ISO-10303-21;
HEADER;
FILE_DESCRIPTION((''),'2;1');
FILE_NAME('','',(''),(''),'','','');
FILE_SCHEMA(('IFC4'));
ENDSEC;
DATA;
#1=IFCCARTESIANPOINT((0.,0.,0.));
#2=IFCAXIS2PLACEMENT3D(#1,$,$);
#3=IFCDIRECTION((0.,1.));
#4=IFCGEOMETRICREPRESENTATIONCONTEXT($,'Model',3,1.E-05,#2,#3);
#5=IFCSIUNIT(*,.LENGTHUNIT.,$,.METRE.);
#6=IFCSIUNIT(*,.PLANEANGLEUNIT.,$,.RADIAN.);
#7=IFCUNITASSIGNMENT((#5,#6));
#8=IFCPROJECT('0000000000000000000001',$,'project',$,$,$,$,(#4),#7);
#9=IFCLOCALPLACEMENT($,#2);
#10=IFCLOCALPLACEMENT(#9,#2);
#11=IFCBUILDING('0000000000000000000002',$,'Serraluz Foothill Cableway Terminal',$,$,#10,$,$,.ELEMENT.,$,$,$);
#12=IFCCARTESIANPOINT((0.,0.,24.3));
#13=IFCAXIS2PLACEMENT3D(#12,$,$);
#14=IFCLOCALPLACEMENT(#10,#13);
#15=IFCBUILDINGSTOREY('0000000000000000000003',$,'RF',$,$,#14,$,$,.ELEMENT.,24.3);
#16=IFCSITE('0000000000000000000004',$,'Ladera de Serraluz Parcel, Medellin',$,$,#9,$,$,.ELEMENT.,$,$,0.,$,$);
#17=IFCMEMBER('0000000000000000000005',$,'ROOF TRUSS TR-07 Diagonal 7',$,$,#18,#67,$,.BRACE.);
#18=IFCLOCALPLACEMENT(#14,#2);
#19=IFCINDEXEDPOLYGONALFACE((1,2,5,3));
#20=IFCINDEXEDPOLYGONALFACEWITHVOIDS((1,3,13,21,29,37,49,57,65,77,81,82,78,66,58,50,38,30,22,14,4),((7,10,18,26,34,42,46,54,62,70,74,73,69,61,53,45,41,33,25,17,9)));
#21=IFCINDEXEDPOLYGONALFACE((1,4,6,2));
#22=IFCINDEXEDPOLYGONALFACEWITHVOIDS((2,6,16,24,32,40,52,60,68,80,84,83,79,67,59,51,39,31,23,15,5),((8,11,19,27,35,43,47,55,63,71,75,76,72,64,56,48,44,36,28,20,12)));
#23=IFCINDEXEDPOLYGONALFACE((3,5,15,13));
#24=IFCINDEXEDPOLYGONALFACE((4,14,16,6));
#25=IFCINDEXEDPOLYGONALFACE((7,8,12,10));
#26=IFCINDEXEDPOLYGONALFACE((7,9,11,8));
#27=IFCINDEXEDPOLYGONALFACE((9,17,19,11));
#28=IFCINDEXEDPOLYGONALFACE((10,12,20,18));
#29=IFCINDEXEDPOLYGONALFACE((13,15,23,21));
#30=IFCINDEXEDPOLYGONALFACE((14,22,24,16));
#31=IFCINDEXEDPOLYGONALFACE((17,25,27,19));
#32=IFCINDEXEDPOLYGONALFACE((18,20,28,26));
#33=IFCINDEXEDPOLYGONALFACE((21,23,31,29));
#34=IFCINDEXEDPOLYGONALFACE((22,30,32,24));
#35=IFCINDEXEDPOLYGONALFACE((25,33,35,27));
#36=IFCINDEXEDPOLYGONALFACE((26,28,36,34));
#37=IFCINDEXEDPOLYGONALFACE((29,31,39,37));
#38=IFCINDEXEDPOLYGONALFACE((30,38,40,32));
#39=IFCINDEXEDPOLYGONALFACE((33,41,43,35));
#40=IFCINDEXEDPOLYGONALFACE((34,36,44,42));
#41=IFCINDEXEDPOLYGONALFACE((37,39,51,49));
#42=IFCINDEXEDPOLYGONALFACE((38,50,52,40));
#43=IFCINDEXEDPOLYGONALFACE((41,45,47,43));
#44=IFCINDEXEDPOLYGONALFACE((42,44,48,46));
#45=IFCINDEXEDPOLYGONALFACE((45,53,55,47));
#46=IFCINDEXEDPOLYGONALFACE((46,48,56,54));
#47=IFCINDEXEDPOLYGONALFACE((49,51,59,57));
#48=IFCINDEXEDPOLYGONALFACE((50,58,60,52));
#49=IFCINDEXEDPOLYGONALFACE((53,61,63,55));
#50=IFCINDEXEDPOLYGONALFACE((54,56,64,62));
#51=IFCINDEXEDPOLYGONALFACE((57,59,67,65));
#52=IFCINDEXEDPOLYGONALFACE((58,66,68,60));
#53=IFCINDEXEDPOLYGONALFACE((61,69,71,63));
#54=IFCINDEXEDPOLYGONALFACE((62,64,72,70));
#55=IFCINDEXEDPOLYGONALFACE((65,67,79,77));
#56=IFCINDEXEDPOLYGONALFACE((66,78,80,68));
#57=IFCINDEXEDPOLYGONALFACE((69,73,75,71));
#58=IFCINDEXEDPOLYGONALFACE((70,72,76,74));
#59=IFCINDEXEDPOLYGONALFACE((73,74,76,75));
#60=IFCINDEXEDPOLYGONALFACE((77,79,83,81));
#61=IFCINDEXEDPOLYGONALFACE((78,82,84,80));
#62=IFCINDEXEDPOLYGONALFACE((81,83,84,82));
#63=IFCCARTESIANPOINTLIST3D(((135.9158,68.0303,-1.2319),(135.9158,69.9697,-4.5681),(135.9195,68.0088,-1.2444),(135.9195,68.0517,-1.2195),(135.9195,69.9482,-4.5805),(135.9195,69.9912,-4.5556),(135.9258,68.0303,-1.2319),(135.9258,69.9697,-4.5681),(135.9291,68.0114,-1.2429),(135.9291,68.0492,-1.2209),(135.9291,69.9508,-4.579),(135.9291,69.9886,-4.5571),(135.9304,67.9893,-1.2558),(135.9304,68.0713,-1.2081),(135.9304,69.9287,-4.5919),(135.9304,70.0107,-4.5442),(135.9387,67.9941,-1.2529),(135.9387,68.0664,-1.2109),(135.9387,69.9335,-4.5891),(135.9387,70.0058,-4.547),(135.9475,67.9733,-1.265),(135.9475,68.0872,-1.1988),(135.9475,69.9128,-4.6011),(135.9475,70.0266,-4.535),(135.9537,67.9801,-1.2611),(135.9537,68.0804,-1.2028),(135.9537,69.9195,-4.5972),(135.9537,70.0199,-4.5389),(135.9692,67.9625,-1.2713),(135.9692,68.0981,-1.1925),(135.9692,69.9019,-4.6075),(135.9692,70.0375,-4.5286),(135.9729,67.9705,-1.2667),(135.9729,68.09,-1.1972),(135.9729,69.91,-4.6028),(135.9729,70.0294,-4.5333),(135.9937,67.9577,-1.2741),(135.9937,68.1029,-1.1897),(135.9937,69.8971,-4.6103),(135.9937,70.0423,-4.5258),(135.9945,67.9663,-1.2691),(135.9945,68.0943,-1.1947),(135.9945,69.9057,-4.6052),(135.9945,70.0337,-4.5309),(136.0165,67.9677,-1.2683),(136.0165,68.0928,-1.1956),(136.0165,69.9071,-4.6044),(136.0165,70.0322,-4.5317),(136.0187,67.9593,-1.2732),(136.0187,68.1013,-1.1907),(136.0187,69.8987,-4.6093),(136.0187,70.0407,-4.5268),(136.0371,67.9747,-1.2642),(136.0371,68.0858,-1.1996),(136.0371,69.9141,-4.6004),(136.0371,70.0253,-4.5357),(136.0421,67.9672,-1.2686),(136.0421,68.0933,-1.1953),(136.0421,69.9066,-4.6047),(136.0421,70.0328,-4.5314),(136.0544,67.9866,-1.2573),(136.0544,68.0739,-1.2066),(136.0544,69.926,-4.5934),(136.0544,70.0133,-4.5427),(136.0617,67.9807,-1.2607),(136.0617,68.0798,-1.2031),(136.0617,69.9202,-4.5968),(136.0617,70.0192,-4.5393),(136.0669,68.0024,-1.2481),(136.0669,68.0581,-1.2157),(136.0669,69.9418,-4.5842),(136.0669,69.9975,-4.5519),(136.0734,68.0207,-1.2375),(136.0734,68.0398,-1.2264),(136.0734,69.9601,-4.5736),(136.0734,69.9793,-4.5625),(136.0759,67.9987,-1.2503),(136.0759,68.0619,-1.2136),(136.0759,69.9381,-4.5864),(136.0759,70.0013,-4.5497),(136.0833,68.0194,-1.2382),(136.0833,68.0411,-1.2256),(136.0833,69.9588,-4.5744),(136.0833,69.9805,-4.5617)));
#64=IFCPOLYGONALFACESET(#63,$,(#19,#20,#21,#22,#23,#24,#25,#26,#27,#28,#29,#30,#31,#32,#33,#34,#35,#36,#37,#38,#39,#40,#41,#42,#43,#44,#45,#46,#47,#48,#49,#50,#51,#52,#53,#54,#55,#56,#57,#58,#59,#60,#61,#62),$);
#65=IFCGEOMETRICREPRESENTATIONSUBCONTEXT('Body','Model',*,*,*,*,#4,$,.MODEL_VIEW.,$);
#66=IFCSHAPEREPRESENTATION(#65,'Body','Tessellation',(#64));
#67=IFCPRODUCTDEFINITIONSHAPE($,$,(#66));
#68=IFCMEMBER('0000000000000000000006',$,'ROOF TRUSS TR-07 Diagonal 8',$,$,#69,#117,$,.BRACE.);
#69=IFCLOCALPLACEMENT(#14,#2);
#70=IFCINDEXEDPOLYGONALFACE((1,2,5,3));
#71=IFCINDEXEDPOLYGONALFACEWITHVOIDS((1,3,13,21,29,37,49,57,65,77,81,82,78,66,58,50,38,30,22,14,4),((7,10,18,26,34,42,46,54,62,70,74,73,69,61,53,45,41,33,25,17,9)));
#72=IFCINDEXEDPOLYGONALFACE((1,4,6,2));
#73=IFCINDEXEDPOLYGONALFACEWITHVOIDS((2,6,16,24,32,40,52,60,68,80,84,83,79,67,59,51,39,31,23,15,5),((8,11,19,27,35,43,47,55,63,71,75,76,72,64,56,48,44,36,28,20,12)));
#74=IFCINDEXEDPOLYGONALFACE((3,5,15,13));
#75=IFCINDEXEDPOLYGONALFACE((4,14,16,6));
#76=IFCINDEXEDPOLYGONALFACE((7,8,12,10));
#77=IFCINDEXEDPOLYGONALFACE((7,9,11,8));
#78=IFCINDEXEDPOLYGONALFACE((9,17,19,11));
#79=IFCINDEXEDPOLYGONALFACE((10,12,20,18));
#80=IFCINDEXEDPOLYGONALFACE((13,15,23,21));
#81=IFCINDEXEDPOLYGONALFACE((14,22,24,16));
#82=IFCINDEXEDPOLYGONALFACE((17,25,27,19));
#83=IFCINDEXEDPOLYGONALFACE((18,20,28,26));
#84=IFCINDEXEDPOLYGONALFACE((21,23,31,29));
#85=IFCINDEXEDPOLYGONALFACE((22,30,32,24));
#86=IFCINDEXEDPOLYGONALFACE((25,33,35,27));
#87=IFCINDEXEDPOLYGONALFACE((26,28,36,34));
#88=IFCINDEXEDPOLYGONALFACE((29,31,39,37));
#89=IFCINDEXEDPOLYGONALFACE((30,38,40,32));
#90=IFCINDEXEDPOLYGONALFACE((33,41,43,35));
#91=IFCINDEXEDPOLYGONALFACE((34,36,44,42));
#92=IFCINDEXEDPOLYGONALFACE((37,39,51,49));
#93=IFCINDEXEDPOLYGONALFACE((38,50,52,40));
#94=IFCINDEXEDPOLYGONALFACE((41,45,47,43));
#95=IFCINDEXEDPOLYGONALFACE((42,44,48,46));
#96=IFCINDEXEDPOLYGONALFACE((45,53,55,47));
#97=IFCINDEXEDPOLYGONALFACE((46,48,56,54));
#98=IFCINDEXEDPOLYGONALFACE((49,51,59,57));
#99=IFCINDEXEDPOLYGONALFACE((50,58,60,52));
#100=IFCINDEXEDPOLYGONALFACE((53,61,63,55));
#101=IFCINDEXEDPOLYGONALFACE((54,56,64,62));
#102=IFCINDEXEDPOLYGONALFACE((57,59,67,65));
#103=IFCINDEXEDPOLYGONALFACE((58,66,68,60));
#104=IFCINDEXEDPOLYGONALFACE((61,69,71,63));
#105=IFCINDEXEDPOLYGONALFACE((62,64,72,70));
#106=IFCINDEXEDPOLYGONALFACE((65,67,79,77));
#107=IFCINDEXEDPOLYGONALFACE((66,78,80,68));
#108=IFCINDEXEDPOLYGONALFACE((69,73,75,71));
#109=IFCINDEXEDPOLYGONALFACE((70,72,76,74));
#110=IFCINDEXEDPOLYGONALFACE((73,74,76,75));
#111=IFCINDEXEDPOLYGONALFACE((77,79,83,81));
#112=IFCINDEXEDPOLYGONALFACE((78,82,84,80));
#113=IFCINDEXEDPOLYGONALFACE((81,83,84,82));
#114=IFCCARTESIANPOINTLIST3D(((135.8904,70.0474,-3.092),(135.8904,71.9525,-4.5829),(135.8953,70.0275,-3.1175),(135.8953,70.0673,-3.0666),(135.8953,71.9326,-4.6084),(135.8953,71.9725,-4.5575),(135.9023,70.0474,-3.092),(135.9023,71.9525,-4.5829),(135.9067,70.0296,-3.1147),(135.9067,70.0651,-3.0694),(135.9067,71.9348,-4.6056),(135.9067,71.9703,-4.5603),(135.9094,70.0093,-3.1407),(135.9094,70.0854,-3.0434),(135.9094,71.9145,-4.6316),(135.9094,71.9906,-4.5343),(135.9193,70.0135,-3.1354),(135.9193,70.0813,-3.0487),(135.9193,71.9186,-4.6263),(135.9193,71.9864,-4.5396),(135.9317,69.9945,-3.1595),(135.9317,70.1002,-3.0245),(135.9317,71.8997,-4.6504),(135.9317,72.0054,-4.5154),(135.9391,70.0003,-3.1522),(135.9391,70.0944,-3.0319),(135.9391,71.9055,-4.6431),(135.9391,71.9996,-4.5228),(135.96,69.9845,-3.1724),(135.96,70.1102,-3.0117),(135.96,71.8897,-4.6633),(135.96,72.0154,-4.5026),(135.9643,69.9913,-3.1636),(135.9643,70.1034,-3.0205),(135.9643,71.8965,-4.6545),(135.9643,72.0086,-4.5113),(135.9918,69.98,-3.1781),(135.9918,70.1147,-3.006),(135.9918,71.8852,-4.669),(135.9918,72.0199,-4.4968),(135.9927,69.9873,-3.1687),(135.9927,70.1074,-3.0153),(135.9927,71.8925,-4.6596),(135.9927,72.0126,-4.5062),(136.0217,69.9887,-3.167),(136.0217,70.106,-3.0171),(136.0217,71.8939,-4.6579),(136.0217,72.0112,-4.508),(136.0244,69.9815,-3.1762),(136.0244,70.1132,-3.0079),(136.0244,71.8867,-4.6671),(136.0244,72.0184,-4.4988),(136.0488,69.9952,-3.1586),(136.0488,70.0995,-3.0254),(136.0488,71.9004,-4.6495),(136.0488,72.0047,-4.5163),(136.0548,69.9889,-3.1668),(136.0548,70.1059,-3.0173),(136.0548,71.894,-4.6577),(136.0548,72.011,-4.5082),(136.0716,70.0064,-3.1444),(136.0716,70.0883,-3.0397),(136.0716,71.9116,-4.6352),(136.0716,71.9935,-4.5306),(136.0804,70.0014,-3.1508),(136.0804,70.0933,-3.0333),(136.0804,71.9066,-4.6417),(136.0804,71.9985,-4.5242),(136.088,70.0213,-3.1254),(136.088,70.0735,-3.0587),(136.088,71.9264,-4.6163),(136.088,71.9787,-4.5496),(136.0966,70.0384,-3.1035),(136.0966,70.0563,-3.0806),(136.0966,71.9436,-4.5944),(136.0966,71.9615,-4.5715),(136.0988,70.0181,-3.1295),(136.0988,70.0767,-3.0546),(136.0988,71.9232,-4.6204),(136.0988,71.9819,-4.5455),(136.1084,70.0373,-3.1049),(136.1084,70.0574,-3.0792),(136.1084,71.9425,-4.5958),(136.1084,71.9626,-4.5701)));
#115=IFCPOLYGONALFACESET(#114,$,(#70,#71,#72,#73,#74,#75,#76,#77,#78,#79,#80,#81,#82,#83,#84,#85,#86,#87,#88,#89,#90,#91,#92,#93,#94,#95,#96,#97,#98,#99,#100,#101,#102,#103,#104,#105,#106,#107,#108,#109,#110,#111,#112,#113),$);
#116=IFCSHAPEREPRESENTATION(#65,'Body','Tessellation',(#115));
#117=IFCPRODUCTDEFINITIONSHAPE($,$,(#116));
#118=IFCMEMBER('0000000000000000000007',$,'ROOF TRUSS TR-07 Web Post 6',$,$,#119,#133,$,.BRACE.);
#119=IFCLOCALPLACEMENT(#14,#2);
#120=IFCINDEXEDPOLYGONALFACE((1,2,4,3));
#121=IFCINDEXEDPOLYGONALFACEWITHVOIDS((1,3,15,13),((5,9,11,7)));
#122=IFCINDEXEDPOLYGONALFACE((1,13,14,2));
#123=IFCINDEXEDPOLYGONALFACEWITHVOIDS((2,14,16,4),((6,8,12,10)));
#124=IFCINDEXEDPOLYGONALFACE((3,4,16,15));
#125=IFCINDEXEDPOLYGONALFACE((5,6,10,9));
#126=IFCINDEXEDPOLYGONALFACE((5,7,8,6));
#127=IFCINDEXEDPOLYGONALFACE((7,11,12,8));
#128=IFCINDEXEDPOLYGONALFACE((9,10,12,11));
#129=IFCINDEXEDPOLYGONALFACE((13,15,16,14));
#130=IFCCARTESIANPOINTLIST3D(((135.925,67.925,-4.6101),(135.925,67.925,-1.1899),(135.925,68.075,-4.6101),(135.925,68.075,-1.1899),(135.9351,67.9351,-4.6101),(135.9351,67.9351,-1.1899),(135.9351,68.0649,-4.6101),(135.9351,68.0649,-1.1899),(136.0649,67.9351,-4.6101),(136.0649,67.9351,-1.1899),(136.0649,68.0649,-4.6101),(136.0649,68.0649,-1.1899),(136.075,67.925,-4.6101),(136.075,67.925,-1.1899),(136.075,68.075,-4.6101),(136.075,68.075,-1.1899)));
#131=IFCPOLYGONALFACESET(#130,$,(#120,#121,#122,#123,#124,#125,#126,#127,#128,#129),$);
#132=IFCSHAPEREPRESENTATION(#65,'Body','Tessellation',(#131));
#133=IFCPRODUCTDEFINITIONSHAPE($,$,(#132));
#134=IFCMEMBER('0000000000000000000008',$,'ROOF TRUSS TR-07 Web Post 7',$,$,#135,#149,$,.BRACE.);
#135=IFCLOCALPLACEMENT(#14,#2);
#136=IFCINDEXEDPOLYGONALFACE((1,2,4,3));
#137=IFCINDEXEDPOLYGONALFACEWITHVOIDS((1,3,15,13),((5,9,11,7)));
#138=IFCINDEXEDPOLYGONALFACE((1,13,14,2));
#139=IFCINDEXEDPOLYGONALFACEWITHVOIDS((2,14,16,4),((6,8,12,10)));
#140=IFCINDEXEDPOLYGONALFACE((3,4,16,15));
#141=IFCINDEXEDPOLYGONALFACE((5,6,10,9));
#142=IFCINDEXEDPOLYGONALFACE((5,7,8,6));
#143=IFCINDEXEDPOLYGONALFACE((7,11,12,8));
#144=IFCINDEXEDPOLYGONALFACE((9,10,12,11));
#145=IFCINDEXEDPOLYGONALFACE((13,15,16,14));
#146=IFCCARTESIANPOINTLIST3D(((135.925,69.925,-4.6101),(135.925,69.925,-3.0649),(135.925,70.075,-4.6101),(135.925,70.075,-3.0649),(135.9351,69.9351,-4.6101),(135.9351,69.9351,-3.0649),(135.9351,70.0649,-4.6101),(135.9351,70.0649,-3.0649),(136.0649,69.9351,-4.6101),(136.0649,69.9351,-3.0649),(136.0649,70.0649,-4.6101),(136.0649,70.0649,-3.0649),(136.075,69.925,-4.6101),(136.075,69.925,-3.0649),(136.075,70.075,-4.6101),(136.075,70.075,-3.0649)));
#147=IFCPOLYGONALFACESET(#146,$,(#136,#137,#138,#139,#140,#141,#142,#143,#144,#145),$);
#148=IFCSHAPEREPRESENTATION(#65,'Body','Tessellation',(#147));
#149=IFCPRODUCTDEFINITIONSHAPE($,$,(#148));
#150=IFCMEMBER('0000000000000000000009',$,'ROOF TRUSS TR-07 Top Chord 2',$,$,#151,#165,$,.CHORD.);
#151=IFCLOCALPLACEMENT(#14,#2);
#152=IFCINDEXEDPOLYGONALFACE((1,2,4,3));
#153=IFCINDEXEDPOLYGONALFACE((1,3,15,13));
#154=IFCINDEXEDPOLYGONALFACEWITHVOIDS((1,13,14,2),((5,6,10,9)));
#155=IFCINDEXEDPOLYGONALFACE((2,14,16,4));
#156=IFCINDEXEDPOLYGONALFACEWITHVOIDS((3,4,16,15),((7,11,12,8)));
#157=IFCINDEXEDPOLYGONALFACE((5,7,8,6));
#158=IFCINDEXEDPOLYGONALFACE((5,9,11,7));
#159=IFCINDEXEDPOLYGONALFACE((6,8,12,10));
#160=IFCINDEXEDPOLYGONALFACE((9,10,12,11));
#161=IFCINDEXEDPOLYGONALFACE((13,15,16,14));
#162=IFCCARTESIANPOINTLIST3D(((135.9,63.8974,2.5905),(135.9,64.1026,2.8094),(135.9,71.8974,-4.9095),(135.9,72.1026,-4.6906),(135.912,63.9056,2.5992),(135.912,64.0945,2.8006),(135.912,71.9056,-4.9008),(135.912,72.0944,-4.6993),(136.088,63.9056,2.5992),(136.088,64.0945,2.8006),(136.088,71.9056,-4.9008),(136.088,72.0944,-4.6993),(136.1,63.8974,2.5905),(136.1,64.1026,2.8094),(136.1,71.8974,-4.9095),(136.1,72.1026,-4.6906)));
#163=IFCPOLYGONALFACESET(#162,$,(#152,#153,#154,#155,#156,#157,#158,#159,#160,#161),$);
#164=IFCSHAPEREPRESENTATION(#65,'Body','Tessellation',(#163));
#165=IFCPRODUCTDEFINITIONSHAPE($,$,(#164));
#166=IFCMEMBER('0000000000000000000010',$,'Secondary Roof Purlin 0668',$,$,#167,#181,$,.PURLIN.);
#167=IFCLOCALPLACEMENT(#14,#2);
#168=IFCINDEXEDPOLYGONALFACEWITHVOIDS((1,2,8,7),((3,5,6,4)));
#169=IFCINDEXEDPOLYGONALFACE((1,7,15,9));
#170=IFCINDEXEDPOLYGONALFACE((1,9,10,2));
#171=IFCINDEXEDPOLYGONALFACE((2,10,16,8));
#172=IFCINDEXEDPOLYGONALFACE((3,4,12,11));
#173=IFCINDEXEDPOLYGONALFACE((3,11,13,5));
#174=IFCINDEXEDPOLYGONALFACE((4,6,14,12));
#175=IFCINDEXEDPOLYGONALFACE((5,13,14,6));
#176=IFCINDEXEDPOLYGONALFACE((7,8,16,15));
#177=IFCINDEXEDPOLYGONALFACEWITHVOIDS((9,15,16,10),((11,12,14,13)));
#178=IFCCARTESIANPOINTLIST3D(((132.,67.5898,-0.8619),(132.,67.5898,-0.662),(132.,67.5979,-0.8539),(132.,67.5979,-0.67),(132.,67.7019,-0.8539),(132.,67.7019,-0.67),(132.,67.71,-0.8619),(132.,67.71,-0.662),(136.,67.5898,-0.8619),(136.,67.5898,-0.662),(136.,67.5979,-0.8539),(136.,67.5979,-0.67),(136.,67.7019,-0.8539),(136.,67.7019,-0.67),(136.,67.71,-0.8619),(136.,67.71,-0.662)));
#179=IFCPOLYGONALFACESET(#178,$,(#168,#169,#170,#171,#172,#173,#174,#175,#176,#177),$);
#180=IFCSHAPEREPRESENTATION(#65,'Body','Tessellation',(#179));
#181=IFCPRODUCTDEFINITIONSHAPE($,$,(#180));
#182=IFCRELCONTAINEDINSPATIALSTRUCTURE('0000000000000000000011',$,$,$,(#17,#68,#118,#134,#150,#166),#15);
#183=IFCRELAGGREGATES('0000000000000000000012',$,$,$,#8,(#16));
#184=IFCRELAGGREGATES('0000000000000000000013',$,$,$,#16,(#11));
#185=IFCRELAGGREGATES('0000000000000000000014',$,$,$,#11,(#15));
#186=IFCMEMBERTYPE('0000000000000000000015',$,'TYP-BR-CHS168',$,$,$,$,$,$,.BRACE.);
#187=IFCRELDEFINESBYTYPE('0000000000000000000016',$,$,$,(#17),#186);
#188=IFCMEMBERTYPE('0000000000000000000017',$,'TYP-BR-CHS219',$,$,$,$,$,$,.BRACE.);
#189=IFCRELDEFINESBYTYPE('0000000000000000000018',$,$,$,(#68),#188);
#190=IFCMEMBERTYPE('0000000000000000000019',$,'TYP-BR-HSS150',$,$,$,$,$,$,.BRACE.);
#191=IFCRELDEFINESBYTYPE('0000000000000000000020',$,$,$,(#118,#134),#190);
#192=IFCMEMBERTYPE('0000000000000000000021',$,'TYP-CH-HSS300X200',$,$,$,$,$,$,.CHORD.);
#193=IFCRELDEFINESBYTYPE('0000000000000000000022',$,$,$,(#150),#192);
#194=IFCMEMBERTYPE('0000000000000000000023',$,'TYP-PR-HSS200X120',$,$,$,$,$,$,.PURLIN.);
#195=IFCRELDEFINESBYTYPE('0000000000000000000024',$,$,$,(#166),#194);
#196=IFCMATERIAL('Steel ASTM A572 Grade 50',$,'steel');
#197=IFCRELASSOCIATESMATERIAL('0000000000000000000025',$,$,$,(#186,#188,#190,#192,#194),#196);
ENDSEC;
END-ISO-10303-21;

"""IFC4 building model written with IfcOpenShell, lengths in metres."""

from ifc_helpers import new_model, si_unit, direction, frame, origin, origin_2d, place, context, subcontext, project, spatial, hollow_rectangle, hollow_circle, extrude, material, material_profile, profile_set, type_object, element, save


model = new_model("IFC4")

# Units and contexts
model_context = context("Model", 3, precision=1e-05, world=origin(), true_north=direction((0.0, 1.0)))
body_context = subcontext(model_context, "Body", "Model", "MODEL_VIEW")
ifc_project = project(units=[si_unit("LENGTHUNIT", "METRE"), si_unit("PLANEANGLEUNIT", "RADIAN")], contexts=[model_context])

# Site, building, storey
site_placement = place(None, origin())
site = spatial("IfcSite", under=ifc_project, at=site_placement, Name="Ladera de Serraluz Parcel, Medellin", CompositionType="ELEMENT", RefElevation=0.0)
building_placement = place(site_placement, origin())
building = spatial("IfcBuilding", under=site, at=building_placement, Name="Serraluz Foothill Cableway Terminal", CompositionType="ELEMENT")
storey_placement = place(building_placement, frame((0.0, 0.0, 24.3)))
storey = spatial("IfcBuildingStorey", under=building, at=storey_placement, Name="RF", CompositionType="ELEMENT", Elevation=24.3)

# Members
ifc_material_1 = material(Name="Steel ASTM A572 Grade 50", Category="steel")
ifc_material_profile_1 = material_profile(ifc_material_1, hollow_circle(Radius=0.0842, WallThickness=0.01, at=origin_2d()), Name="CHS168X10")
ifc_profile_set_1 = profile_set([ifc_material_profile_1], Name="Steel ASTM A572 Grade 50")
member_type_1 = type_object("IfcMemberType", Name="TYP-BR-CHS168", PredefinedType="BRACE", material=ifc_profile_set_1)
member_1_placement = place(storey_placement, frame((136.0, 68.0303, -1.2319), z_axis=(0.0, 0.502584, -0.864528), x_axis=(-1.0, 0.0, 0.0)))
element("IfcMember", 1, at=member_1_placement, inside=storey, type_object=member_type_1, Name="ROOF TRUSS TR-07 Diagonal 7", PredefinedType="BRACE", context=body_context, shape_type="SweptSolid", body=[
    extrude(hollow_circle(Radius=0.0842, WallThickness=0.01, at=origin_2d()), origin(), (0.0, 0.0, 1.0), 3.8589),
])
ifc_material_profile_2 = material_profile(ifc_material_1, hollow_circle(Radius=0.1096, WallThickness=0.012, at=origin_2d()), Name="CHS219X12")
ifc_profile_set_2 = profile_set([ifc_material_profile_2], Name="Steel ASTM A572 Grade 50")
member_type_2 = type_object("IfcMemberType", Name="TYP-BR-CHS219", PredefinedType="BRACE", material=ifc_profile_set_2)
member_2_placement = place(storey_placement, frame((136.0, 70.0474, -3.092), z_axis=(0.0, 0.787528, -0.616278), x_axis=(-1.0, 0.0, 0.0)))
element("IfcMember", 2, at=member_2_placement, inside=storey, type_object=member_type_2, Name="ROOF TRUSS TR-07 Diagonal 8", PredefinedType="BRACE", context=body_context, shape_type="SweptSolid", body=[
    extrude(hollow_circle(Radius=0.1096, WallThickness=0.012, at=origin_2d()), origin(), (0.0, 0.0, 1.0), 2.4192),
])
ifc_material_profile_3 = material_profile(ifc_material_1, hollow_rectangle(XDim=0.1499, YDim=0.1499, WallThickness=0.01, at=origin_2d()), Name="HSS150X150X10")
ifc_profile_set_3 = profile_set([ifc_material_profile_3], Name="Steel ASTM A572 Grade 50")
member_type_3 = type_object("IfcMemberType", Name="TYP-BR-HSS150", PredefinedType="BRACE", material=ifc_profile_set_3)
member_3_placement = place(storey_placement, frame((136.0, 68.0, -4.6101), z_axis=(0.0, 0.0, 1.0), x_axis=(1.0, 0.0, 0.0)))
element("IfcMember", 3, at=member_3_placement, inside=storey, type_object=member_type_3, Name="ROOF TRUSS TR-07 Web Post 6", PredefinedType="BRACE", context=body_context, shape_type="SweptSolid", body=[
    extrude(hollow_rectangle(XDim=0.1499, YDim=0.1499, WallThickness=0.01, at=origin_2d()), origin(), (0.0, 0.0, 1.0), 3.4202),
])
member_4_placement = place(storey_placement, frame((136.0, 70.0, -4.6101), z_axis=(0.0, 0.0, 1.0), x_axis=(1.0, 0.0, 0.0)))
element("IfcMember", 4, at=member_4_placement, inside=storey, type_object=member_type_3, Name="ROOF TRUSS TR-07 Web Post 7", PredefinedType="BRACE", context=body_context, shape_type="SweptSolid", body=[
    extrude(hollow_rectangle(XDim=0.1499, YDim=0.1499, WallThickness=0.01, at=origin_2d()), origin(), (0.0, 0.0, 1.0), 1.5452),
])
ifc_material_profile_4 = material_profile(ifc_material_1, hollow_rectangle(XDim=0.2, YDim=0.3, WallThickness=0.012, at=origin_2d()), Name="HSS300X200X12")
ifc_profile_set_4 = profile_set([ifc_material_profile_4], Name="Steel ASTM A572 Grade 50")
member_type_4 = type_object("IfcMemberType", Name="TYP-CH-HSS300X200", PredefinedType="CHORD", material=ifc_profile_set_4)
member_5_placement = place(storey_placement, frame((136.0, 72.0, -4.8), z_axis=(0.0, -0.729537, 0.683941), x_axis=(1.0, 0.0, 0.0)))
element("IfcMember", 5, at=member_5_placement, inside=storey, type_object=member_type_4, Name="ROOF TRUSS TR-07 Top Chord 2", PredefinedType="CHORD", context=body_context, shape_type="SweptSolid", body=[
    extrude(hollow_rectangle(XDim=0.2, YDim=0.3, WallThickness=0.012, at=origin_2d()), origin(), (0.0, 0.0, 1.0), 10.9658),
])
ifc_material_profile_5 = material_profile(ifc_material_1, hollow_rectangle(XDim=0.1201, YDim=0.2, WallThickness=0.0081, at=origin_2d()), Name="HSS200X120X8")
ifc_profile_set_5 = profile_set([ifc_material_profile_5], Name="Steel ASTM A572 Grade 50")
member_type_5 = type_object("IfcMemberType", Name="TYP-PR-HSS200X120", PredefinedType="PURLIN", material=ifc_profile_set_5)
for number, where, z_axis, x_axis, name in (
    (6, (132.0, 67.6499, -0.762), (1.0, 0.0, 0.0), (0.0, 1.0, 0.0), "Secondary Roof Purlin 0668"),
):
    element("IfcMember", number, at=place(storey_placement, frame(where, z_axis=z_axis, x_axis=x_axis)), inside=storey, type_object=member_type_5, Name=name, PredefinedType="PURLIN", context=body_context, shape_type="SweptSolid", body=[
        extrude(hollow_rectangle(XDim=0.1201, YDim=0.2, WallThickness=0.0081, at=origin_2d()), origin(), (0.0, 0.0, 1.0), 4.0),
    ])

save(model, "model.ifc")
